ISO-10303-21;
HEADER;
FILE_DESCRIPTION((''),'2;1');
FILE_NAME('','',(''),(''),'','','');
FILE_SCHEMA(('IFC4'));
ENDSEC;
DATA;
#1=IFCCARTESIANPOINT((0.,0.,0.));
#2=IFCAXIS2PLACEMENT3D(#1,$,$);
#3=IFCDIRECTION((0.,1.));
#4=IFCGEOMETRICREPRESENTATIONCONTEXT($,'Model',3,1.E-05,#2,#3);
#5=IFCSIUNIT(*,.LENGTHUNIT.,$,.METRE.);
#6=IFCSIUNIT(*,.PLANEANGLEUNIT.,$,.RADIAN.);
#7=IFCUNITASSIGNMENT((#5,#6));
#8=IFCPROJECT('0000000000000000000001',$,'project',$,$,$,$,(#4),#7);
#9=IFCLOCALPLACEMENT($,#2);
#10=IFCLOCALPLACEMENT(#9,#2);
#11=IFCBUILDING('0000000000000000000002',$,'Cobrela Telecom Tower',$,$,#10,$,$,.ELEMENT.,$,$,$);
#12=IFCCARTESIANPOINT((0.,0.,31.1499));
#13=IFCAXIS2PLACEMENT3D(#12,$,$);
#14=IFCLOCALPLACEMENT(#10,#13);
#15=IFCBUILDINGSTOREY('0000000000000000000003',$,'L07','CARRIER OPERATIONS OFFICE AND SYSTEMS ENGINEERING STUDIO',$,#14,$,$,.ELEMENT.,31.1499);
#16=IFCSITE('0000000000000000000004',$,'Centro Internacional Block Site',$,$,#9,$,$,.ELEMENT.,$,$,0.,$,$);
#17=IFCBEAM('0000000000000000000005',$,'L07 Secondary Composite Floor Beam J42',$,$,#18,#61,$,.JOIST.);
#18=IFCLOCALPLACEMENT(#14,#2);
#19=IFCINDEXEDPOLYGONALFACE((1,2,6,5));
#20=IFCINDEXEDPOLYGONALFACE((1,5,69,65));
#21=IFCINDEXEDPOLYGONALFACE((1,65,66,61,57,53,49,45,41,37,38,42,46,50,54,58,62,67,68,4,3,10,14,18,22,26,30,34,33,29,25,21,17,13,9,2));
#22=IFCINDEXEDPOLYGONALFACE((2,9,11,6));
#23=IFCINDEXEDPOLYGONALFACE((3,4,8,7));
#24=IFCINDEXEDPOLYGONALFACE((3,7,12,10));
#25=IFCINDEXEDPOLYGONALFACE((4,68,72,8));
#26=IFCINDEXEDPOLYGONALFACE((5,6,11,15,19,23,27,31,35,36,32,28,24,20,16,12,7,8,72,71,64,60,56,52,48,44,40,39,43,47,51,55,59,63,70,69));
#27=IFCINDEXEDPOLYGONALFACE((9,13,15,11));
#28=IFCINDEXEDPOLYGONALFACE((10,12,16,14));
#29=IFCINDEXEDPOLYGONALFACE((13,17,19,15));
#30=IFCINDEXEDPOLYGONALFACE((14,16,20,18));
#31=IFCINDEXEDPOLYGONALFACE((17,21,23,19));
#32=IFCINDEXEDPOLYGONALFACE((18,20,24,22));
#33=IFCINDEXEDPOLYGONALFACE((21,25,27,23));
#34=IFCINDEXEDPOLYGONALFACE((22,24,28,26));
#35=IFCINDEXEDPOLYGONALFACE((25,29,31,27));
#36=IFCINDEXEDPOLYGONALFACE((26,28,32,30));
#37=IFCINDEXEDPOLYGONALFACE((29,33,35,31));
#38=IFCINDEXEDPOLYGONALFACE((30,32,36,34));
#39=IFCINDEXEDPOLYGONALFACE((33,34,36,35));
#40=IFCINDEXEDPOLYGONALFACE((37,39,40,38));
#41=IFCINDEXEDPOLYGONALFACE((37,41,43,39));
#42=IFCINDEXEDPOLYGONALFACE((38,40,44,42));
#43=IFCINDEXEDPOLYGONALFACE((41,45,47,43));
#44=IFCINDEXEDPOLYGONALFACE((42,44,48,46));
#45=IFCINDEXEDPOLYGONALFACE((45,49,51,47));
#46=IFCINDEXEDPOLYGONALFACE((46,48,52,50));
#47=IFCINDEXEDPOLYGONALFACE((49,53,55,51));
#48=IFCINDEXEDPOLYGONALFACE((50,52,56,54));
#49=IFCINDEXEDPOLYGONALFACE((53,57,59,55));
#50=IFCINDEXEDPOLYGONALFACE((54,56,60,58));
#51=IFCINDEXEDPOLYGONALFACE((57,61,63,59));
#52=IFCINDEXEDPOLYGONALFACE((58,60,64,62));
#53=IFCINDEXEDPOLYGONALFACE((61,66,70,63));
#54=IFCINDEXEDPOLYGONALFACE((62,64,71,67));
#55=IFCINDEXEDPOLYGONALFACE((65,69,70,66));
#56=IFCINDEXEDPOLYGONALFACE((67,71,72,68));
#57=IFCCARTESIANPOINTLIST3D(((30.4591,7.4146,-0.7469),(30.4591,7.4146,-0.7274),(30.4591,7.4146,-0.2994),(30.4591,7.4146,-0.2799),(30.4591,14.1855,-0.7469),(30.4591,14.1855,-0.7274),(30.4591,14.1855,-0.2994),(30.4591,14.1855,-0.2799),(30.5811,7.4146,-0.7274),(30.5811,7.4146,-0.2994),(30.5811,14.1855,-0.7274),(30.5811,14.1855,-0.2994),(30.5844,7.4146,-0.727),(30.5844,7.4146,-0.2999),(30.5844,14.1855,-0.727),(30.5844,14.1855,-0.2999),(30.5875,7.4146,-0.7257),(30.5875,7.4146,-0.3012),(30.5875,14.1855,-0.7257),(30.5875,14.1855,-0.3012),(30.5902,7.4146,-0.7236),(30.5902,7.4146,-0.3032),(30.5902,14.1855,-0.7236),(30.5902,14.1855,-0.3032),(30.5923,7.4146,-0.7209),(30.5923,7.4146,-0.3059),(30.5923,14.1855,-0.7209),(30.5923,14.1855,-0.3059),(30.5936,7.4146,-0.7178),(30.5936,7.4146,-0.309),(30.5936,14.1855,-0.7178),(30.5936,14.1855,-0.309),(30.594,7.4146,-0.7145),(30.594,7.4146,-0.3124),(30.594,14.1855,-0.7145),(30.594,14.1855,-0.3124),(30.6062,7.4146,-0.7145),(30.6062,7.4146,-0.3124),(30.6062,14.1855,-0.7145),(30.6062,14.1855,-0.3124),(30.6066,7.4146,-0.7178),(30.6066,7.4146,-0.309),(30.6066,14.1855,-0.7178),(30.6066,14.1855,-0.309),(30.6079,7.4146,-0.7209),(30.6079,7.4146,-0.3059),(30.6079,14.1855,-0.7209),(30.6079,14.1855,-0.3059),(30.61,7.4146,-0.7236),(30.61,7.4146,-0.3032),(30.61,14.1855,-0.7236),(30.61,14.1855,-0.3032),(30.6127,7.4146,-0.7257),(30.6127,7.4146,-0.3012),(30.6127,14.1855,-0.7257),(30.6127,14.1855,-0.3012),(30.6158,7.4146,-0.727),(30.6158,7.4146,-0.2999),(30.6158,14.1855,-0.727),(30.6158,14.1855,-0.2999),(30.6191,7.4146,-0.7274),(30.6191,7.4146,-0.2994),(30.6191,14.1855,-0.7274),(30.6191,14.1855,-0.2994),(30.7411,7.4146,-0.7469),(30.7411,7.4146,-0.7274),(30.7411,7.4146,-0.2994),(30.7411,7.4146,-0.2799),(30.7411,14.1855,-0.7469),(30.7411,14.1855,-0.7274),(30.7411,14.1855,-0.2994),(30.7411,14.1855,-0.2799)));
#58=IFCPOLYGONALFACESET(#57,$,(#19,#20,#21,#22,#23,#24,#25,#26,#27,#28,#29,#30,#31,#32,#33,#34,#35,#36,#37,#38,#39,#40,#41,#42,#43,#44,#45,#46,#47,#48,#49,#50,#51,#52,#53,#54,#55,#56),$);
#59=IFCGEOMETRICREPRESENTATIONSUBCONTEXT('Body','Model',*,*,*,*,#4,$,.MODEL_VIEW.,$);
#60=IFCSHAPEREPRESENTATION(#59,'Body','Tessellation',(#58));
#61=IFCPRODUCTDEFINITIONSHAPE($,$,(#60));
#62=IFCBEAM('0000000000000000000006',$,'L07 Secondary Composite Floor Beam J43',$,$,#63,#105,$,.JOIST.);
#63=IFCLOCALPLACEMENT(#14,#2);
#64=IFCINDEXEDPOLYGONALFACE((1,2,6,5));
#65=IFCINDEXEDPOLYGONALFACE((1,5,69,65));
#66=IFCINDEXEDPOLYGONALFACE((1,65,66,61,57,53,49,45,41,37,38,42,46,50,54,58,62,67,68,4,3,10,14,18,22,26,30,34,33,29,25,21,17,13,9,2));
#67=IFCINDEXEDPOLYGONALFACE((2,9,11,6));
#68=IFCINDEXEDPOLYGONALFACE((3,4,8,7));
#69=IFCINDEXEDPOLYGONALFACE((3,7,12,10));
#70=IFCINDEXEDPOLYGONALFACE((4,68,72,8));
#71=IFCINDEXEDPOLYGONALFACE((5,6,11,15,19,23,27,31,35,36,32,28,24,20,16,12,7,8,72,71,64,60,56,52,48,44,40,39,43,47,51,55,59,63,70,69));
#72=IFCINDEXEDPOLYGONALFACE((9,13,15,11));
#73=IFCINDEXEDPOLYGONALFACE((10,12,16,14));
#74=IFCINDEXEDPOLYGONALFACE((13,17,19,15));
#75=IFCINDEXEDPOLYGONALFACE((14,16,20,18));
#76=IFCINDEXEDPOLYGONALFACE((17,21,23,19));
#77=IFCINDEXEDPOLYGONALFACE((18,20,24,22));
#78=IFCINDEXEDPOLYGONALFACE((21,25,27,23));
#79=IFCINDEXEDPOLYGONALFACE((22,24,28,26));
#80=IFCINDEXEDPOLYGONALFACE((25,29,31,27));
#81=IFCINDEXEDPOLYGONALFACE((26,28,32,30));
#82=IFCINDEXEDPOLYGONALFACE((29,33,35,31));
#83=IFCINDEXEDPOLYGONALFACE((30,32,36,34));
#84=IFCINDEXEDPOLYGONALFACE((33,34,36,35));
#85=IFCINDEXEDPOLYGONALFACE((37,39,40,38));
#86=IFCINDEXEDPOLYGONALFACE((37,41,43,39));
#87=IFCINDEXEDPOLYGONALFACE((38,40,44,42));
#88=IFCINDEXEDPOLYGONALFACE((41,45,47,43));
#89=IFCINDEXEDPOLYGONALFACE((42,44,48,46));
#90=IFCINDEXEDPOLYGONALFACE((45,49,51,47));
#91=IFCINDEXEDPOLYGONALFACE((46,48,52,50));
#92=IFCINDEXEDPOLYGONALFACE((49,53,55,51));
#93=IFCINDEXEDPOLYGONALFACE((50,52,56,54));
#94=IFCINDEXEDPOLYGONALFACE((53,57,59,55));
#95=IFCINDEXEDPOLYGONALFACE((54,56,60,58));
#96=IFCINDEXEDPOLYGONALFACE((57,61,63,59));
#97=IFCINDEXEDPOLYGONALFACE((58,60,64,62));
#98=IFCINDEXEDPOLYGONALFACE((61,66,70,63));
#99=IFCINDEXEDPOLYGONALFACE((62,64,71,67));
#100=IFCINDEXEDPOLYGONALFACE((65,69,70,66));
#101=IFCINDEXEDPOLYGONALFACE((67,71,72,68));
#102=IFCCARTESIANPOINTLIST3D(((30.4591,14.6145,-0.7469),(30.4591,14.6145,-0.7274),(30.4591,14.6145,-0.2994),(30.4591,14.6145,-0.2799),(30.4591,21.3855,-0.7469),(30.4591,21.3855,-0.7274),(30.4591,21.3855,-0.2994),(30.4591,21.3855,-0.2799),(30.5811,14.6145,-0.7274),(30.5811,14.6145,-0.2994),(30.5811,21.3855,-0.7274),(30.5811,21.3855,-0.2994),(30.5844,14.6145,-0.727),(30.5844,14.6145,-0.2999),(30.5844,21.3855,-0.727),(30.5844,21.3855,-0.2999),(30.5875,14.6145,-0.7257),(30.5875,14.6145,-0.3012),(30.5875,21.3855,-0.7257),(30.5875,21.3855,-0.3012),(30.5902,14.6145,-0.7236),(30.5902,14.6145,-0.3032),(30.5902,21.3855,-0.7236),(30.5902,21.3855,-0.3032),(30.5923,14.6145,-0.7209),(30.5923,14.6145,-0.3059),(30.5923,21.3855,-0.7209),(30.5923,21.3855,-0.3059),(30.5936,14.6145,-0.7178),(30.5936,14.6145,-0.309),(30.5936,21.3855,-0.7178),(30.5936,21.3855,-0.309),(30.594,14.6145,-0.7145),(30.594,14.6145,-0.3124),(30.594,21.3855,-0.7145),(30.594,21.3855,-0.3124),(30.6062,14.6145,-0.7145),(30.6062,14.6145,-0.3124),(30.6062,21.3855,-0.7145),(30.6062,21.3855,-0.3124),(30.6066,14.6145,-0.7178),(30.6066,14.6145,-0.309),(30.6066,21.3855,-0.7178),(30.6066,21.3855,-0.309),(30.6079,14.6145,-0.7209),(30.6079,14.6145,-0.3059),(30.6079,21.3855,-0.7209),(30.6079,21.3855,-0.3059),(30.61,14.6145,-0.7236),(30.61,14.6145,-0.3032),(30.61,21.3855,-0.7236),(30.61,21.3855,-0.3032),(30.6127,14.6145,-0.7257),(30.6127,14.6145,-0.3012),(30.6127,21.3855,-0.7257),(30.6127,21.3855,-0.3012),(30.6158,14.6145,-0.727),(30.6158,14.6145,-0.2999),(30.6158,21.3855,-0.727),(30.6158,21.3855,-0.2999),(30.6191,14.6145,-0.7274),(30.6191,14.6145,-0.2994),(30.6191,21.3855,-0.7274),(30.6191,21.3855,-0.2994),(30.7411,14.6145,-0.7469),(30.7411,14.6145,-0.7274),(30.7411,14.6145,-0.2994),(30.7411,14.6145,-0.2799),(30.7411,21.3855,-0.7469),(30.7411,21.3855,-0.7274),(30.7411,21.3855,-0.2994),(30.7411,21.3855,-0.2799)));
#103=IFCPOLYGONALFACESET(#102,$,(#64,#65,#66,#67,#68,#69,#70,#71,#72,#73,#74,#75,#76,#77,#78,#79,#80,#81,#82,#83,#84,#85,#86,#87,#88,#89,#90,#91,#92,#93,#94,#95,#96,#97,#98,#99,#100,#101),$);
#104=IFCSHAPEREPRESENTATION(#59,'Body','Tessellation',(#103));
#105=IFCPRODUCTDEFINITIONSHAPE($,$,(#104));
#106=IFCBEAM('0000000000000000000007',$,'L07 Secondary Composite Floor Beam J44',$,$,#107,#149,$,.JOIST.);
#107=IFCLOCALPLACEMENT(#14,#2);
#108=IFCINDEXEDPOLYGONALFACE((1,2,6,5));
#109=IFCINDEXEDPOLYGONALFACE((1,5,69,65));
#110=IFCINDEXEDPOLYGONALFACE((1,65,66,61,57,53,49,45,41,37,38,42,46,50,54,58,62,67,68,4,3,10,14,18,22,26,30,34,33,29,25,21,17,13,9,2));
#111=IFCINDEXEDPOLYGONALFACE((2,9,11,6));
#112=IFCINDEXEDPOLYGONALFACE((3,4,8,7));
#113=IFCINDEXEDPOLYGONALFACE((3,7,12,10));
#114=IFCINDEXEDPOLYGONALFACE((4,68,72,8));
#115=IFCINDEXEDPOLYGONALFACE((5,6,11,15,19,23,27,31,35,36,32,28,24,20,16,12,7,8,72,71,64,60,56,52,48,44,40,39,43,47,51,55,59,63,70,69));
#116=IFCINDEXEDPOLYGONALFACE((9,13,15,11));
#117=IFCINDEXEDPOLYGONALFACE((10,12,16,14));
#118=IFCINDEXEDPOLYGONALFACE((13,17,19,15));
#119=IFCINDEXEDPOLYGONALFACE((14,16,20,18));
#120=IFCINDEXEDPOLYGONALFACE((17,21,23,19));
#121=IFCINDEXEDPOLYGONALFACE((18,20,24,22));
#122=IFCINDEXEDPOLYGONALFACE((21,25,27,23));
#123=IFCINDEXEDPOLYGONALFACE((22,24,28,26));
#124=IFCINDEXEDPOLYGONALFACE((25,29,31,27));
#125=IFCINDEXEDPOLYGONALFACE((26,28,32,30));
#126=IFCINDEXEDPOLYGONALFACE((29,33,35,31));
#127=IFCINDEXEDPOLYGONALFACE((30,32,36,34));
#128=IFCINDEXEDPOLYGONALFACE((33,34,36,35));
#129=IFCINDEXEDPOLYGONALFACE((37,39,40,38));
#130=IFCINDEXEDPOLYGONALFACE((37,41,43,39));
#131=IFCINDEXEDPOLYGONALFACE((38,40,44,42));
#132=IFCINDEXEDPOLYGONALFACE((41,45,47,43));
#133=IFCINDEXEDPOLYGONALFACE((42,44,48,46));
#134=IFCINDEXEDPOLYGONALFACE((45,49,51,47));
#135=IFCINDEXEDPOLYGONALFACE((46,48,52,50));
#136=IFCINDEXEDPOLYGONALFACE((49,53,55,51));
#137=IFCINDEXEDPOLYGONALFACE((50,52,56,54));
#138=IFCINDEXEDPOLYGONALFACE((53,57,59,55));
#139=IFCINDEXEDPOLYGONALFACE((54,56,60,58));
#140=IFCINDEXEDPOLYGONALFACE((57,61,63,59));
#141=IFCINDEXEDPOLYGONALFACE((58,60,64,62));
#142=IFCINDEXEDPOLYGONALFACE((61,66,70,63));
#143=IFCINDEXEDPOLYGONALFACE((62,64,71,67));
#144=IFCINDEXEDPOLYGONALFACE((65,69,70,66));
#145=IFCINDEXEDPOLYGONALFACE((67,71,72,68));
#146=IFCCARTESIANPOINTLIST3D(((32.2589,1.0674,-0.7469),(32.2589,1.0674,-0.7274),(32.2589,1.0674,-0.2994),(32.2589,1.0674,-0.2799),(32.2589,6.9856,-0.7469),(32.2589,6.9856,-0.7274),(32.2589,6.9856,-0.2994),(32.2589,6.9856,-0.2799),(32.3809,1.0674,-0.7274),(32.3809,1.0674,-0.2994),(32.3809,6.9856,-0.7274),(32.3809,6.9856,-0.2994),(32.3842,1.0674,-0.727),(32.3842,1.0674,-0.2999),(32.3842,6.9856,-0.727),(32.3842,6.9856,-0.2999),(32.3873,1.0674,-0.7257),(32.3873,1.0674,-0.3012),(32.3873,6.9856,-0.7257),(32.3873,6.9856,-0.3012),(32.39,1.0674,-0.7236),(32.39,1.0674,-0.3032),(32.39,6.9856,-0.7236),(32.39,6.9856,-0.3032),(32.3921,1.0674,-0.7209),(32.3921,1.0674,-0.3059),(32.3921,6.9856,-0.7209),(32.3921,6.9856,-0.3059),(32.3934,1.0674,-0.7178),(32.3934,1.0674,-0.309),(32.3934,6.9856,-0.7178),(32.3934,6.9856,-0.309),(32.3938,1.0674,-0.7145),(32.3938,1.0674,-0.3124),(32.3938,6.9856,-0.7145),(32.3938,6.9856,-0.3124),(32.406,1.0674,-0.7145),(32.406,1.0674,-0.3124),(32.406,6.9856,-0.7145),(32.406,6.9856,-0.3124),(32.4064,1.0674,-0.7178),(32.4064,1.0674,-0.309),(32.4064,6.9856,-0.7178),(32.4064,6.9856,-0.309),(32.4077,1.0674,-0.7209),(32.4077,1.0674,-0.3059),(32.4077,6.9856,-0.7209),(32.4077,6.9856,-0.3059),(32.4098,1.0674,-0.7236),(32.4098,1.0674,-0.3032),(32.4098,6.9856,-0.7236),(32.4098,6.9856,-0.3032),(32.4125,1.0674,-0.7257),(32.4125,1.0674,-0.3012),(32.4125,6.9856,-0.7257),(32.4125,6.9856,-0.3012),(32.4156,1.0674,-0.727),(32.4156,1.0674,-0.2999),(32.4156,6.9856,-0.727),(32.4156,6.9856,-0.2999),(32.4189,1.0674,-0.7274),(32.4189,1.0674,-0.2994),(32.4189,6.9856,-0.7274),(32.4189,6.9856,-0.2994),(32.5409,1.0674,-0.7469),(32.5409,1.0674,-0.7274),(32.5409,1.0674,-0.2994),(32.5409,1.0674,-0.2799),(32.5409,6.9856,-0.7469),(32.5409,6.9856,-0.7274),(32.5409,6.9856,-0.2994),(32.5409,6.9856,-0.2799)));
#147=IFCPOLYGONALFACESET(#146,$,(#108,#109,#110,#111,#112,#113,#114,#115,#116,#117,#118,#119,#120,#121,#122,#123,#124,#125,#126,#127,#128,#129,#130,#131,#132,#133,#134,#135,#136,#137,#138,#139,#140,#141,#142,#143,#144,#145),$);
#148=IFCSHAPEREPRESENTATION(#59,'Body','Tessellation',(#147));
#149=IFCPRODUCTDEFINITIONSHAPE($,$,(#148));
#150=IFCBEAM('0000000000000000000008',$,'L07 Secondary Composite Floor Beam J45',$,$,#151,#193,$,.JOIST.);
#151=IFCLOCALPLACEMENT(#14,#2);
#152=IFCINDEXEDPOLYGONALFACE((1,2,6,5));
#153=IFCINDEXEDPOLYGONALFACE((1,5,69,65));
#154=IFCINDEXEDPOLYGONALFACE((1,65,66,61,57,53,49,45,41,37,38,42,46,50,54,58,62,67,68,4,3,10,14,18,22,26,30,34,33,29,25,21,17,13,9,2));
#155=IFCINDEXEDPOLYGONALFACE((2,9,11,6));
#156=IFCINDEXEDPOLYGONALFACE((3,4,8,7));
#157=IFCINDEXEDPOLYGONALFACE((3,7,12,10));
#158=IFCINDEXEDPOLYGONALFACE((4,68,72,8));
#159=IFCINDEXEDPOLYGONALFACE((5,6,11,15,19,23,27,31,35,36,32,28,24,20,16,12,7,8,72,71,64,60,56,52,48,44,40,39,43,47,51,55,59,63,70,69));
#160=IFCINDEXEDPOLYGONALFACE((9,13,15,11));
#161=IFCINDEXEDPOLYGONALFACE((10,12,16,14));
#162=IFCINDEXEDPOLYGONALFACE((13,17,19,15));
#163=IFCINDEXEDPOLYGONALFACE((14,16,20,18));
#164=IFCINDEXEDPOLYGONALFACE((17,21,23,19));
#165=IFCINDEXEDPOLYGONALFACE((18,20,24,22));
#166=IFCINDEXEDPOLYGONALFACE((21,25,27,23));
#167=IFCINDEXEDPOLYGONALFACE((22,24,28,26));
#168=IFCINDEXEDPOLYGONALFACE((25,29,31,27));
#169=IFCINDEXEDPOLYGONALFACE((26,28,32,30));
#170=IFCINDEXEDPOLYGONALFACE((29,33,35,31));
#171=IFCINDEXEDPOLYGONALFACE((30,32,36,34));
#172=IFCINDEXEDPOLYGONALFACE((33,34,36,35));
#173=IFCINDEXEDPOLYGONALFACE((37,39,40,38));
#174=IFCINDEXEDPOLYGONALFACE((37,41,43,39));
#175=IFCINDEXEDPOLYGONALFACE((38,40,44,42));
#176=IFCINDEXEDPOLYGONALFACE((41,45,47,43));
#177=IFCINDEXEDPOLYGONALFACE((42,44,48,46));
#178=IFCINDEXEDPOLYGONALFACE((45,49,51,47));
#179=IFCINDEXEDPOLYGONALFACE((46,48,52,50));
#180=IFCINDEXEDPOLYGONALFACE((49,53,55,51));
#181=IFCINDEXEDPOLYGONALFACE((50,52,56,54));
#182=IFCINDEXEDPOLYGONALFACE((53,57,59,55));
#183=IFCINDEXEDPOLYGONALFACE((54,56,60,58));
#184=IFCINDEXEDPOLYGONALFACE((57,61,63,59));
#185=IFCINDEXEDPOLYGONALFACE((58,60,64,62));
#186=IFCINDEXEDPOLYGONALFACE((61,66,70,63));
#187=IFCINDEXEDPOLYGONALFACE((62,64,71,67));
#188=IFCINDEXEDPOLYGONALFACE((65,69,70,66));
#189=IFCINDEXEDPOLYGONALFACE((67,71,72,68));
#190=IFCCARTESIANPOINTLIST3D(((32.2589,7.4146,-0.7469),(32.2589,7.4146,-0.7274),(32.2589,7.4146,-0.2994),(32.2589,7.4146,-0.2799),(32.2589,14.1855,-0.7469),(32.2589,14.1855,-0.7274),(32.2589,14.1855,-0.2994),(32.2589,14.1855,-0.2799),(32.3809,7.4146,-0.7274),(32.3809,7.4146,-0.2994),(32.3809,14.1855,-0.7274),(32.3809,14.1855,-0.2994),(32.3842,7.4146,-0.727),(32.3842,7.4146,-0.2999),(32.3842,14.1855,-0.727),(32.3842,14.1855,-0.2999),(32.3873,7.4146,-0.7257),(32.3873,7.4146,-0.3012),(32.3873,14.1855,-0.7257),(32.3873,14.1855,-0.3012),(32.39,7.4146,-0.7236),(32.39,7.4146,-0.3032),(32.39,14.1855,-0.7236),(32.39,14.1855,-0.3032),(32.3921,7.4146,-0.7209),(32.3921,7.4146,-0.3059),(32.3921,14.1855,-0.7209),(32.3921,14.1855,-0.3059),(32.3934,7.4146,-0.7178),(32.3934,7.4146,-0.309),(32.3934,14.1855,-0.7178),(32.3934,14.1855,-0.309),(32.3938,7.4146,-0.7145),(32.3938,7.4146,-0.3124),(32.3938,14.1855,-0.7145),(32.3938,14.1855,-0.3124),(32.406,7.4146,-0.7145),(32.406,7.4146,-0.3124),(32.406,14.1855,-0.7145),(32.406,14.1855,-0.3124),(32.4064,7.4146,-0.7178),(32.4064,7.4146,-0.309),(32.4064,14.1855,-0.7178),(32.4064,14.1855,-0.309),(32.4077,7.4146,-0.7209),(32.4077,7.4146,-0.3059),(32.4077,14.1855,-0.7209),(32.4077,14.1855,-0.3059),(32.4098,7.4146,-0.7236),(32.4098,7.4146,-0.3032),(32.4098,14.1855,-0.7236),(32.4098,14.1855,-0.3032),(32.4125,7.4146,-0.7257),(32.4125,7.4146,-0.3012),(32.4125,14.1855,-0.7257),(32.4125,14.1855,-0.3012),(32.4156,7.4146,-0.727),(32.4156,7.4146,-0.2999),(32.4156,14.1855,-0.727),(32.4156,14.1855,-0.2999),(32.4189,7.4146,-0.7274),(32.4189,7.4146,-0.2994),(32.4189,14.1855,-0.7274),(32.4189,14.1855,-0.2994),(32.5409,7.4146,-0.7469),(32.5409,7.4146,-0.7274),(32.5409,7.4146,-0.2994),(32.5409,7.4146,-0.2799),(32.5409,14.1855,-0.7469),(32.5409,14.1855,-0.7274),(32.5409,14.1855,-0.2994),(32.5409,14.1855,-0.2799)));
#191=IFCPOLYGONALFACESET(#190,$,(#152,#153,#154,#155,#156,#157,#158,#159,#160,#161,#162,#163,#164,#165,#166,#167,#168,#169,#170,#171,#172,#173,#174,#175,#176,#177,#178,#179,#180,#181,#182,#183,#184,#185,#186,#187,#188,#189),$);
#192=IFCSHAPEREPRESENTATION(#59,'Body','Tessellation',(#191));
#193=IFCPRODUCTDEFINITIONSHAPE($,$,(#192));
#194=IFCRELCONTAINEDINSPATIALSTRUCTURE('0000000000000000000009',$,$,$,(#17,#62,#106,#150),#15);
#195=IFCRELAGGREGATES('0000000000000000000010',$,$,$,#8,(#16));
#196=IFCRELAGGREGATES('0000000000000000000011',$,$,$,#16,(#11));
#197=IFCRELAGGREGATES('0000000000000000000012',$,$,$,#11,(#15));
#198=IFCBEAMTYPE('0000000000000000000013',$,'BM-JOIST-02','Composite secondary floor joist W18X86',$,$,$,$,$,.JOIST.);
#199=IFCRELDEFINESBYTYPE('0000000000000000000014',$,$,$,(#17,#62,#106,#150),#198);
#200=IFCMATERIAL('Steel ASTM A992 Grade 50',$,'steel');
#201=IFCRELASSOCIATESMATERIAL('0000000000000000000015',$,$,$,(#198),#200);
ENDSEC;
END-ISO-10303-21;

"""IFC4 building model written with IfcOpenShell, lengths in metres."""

from ifc_helpers import new_model, si_unit, direction, frame, origin, origin_2d, place, context, subcontext, project, spatial, i_section, extrude, material, material_profile, profile_set, type_object, element, save


model = new_model("IFC4")

# Units and contexts
model_context = context("Model", 3, precision=1e-05, world=origin(), true_north=direction((0.0, 1.0)))
body_context = subcontext(model_context, "Body", "Model", "MODEL_VIEW")
ifc_project = project(units=[si_unit("LENGTHUNIT", "METRE"), si_unit("PLANEANGLEUNIT", "RADIAN")], contexts=[model_context])

# Site, building, storey
site_placement = place(None, origin())
site = spatial("IfcSite", under=ifc_project, at=site_placement, Name="Centro Internacional Block Site", CompositionType="ELEMENT", RefElevation=0.0)
building_placement = place(site_placement, origin())
building = spatial("IfcBuilding", under=site, at=building_placement, Name="Cobrela Telecom Tower", CompositionType="ELEMENT")
storey_placement = place(building_placement, frame((0.0, 0.0, 31.1499)))
storey = spatial("IfcBuildingStorey", under=building, at=storey_placement, Name="L07", Description="CARRIER OPERATIONS OFFICE AND SYSTEMS ENGINEERING STUDIO", CompositionType="ELEMENT", Elevation=31.1499)

# Shared definitions
ifc_material_1 = material(Name="Steel ASTM A992 Grade 50", Category="steel")

# Beams
ifc_material_profile_1 = material_profile(ifc_material_1, i_section(OverallWidth=0.282, OverallDepth=0.467, WebThickness=0.0122, FlangeThickness=0.0195, FilletRadius=0.0129, at=origin_2d()), Name="W18X86")
ifc_profile_set_1 = profile_set([ifc_material_profile_1], Name="Steel ASTM A992 Grade 50")
beam_type_1 = type_object("IfcBeamType", Name="BM-JOIST-02", Description="Composite secondary floor joist W18X86", PredefinedType="JOIST", material=ifc_profile_set_1)
for number, where, z_axis, x_axis, name in (
    (1, (30.6001, 7.4146, -0.5134), (0.0, 1.0, 0.0), (-1.0, 0.0, 0.0), "L07 Secondary Composite Floor Beam J42"),
    (2, (30.6001, 14.6145, -0.5134), (0.0, 1.0, 0.0), (-1.0, 0.0, 0.0), "L07 Secondary Composite Floor Beam J43"),
):
    element("IfcBeam", number, at=place(storey_placement, frame(where, z_axis=z_axis, x_axis=x_axis)), inside=storey, type_object=beam_type_1, Name=name, PredefinedType="JOIST", context=body_context, shape_type="SweptSolid", body=[
        extrude(i_section(OverallWidth=0.282, OverallDepth=0.467, WebThickness=0.0122, FlangeThickness=0.0195, FilletRadius=0.0129, at=origin_2d()), origin(), (0.0, 0.0, 1.0), 6.771),
    ])
beam_1_placement = place(storey_placement, frame((32.3999, 1.0674, -0.5134), z_axis=(0.0, 1.0, 0.0), x_axis=(-1.0, 0.0, 0.0)))
element("IfcBeam", 3, at=beam_1_placement, inside=storey, type_object=beam_type_1, Name="L07 Secondary Composite Floor Beam J44", PredefinedType="JOIST", context=body_context, shape_type="SweptSolid", body=[
    extrude(i_section(OverallWidth=0.282, OverallDepth=0.467, WebThickness=0.0122, FlangeThickness=0.0195, FilletRadius=0.0129, at=origin_2d()), origin(), (0.0, 0.0, 1.0), 5.9182),
])
for number, where, z_axis, x_axis, name in (
    (4, (32.3999, 7.4146, -0.5134), (0.0, 1.0, 0.0), (-1.0, 0.0, 0.0), "L07 Secondary Composite Floor Beam J45"),
):
    element("IfcBeam", number, at=place(storey_placement, frame(where, z_axis=z_axis, x_axis=x_axis)), inside=storey, type_object=beam_type_1, Name=name, PredefinedType="JOIST", context=body_context, shape_type="SweptSolid", body=[
        extrude(i_section(OverallWidth=0.282, OverallDepth=0.467, WebThickness=0.0122, FlangeThickness=0.0195, FilletRadius=0.0129, at=origin_2d()), origin(), (0.0, 0.0, 1.0), 6.771),
    ])

save(model, "model.ifc")
